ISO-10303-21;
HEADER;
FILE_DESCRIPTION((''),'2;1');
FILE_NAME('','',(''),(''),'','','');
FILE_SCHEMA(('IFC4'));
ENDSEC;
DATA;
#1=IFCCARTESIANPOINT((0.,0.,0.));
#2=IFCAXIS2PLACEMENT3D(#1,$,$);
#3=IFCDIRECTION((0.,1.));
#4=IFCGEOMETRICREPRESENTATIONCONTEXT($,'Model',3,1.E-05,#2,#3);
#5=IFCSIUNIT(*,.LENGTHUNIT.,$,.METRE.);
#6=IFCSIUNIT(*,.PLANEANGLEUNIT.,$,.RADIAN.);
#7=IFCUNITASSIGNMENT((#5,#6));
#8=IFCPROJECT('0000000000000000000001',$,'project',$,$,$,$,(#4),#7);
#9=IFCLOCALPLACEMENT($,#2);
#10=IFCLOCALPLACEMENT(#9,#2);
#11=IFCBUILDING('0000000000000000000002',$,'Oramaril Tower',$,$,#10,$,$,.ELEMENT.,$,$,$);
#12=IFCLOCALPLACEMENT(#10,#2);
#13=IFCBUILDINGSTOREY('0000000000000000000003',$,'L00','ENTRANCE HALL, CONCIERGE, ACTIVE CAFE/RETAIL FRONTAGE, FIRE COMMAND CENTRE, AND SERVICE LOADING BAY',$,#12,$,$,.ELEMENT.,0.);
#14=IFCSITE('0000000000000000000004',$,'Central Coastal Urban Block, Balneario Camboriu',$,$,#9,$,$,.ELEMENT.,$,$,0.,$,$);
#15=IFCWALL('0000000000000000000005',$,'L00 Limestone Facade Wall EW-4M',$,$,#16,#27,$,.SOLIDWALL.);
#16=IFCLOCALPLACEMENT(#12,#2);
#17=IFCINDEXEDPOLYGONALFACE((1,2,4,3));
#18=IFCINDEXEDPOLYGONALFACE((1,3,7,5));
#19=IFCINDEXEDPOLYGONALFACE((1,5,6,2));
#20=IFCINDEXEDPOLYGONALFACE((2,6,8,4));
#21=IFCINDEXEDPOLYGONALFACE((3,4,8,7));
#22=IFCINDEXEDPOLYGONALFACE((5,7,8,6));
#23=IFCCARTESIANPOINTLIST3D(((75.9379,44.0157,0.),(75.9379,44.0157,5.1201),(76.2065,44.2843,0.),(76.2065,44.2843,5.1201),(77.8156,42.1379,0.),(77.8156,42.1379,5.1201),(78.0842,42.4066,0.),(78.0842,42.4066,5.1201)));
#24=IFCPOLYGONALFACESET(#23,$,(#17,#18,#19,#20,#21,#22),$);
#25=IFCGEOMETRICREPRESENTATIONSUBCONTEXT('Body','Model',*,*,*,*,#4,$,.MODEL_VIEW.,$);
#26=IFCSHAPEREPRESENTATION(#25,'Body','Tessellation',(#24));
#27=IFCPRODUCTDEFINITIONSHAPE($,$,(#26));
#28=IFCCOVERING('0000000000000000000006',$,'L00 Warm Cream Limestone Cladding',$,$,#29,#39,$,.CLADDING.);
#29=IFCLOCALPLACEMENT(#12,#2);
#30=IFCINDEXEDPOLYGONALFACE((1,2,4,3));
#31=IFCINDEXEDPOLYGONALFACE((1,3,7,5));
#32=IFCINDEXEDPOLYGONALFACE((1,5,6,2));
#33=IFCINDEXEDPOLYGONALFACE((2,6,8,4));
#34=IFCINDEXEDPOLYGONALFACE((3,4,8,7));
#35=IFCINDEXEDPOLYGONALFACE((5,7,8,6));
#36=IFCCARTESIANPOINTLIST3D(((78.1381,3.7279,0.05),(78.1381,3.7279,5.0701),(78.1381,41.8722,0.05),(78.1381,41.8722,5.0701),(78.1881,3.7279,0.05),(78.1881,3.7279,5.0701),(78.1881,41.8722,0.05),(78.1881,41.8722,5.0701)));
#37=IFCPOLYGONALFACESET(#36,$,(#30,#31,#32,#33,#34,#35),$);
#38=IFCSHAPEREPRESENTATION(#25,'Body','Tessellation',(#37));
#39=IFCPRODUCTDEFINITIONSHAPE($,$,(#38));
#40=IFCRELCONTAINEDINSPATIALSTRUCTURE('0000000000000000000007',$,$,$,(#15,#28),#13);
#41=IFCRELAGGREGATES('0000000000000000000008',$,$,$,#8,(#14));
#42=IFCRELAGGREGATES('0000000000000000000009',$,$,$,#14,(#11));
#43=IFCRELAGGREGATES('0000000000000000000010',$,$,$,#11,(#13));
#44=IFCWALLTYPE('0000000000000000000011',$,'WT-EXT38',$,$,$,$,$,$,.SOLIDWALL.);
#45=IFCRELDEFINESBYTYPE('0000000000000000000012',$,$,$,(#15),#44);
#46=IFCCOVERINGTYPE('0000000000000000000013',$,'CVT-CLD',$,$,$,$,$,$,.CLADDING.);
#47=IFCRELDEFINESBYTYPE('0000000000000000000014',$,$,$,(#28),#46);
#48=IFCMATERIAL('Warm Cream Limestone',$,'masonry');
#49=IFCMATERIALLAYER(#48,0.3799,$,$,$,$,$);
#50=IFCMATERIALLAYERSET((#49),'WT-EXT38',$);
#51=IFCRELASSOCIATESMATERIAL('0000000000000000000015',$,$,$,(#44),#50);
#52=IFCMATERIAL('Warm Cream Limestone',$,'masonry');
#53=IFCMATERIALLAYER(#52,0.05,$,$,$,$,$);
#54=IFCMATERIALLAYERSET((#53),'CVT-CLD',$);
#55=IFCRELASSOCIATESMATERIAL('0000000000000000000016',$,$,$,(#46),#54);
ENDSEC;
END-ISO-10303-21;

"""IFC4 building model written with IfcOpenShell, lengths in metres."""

from ifc_helpers import new_model, si_unit, direction, frame, frame_2d, origin, origin_2d, place, context, subcontext, project, spatial, rectangle, extrude, material, layer, layer_set, type_object, element, save


model = new_model("IFC4")

# Units and contexts
model_context = context("Model", 3, precision=1e-05, world=origin(), true_north=direction((0.0, 1.0)))
body_context = subcontext(model_context, "Body", "Model", "MODEL_VIEW")
ifc_project = project(units=[si_unit("LENGTHUNIT", "METRE"), si_unit("PLANEANGLEUNIT", "RADIAN")], contexts=[model_context])

# Site, building, storey
site_placement = place(None, origin())
site = spatial("IfcSite", under=ifc_project, at=site_placement, Name="Central Coastal Urban Block, Balneario Camboriu", CompositionType="ELEMENT", RefElevation=0.0)
building_placement = place(site_placement, origin())
building = spatial("IfcBuilding", under=site, at=building_placement, Name="Oramaril Tower", CompositionType="ELEMENT")
storey_placement = place(building_placement, origin())
storey = spatial("IfcBuildingStorey", under=building, at=storey_placement, Name="L00", Description="ENTRANCE HALL, CONCIERGE, ACTIVE CAFE/RETAIL FRONTAGE, FIRE COMMAND CENTRE, AND SERVICE LOADING BAY", CompositionType="ELEMENT", Elevation=0.0)

# Shared definitions
ifc_material_1 = material(Name="Warm Cream Limestone", Category="masonry")
ifc_layer_1 = layer(ifc_material_1, 0.3799)
ifc_layer_set_1 = layer_set([ifc_layer_1], Name="WT-EXT38")
wall_type = type_object("IfcWallType", Name="WT-EXT38", PredefinedType="SOLIDWALL", material=ifc_layer_set_1)

# Wall
wall_1_placement = place(storey_placement, frame((76.0723, 44.1499, 0.0), z_axis=(0.0, 0.0, 1.0), x_axis=(0.707107, -0.707107, 0.0)))
element("IfcWall", 1, at=wall_1_placement, inside=storey, type_object=wall_type, Name="L00 Limestone Facade Wall EW-4M", PredefinedType="SOLIDWALL", context=body_context, shape_type="SweptSolid", body=[
    extrude(rectangle(XDim=2.6555, YDim=0.3799, at=frame_2d((1.3276, 0.0))), origin(), (0.0, 0.0, 1.0), 5.1201),
])

# Covering
ifc_material_2 = material(Name="Warm Cream Limestone", Category="masonry")
ifc_layer_2 = layer(ifc_material_2, 0.05)
ifc_layer_set_2 = layer_set([ifc_layer_2], Name="CVT-CLD")
covering_type = type_object("IfcCoveringType", Name="CVT-CLD", PredefinedType="CLADDING", material=ifc_layer_set_2)
covering_placement = place(storey_placement, frame((78.1631, 22.8, 0.05), z_axis=(0.0, 0.0, 1.0), x_axis=(0.0, -1.0, 0.0)))
element("IfcCovering", 2, at=covering_placement, inside=storey, type_object=covering_type, Name="L00 Warm Cream Limestone Cladding", PredefinedType="CLADDING", context=body_context, shape_type="SweptSolid", body=[
    extrude(rectangle(XDim=38.1443, YDim=0.05, at=origin_2d()), origin(), (0.0, 0.0, 1.0), 5.02),
])

save(model, "model.ifc")
